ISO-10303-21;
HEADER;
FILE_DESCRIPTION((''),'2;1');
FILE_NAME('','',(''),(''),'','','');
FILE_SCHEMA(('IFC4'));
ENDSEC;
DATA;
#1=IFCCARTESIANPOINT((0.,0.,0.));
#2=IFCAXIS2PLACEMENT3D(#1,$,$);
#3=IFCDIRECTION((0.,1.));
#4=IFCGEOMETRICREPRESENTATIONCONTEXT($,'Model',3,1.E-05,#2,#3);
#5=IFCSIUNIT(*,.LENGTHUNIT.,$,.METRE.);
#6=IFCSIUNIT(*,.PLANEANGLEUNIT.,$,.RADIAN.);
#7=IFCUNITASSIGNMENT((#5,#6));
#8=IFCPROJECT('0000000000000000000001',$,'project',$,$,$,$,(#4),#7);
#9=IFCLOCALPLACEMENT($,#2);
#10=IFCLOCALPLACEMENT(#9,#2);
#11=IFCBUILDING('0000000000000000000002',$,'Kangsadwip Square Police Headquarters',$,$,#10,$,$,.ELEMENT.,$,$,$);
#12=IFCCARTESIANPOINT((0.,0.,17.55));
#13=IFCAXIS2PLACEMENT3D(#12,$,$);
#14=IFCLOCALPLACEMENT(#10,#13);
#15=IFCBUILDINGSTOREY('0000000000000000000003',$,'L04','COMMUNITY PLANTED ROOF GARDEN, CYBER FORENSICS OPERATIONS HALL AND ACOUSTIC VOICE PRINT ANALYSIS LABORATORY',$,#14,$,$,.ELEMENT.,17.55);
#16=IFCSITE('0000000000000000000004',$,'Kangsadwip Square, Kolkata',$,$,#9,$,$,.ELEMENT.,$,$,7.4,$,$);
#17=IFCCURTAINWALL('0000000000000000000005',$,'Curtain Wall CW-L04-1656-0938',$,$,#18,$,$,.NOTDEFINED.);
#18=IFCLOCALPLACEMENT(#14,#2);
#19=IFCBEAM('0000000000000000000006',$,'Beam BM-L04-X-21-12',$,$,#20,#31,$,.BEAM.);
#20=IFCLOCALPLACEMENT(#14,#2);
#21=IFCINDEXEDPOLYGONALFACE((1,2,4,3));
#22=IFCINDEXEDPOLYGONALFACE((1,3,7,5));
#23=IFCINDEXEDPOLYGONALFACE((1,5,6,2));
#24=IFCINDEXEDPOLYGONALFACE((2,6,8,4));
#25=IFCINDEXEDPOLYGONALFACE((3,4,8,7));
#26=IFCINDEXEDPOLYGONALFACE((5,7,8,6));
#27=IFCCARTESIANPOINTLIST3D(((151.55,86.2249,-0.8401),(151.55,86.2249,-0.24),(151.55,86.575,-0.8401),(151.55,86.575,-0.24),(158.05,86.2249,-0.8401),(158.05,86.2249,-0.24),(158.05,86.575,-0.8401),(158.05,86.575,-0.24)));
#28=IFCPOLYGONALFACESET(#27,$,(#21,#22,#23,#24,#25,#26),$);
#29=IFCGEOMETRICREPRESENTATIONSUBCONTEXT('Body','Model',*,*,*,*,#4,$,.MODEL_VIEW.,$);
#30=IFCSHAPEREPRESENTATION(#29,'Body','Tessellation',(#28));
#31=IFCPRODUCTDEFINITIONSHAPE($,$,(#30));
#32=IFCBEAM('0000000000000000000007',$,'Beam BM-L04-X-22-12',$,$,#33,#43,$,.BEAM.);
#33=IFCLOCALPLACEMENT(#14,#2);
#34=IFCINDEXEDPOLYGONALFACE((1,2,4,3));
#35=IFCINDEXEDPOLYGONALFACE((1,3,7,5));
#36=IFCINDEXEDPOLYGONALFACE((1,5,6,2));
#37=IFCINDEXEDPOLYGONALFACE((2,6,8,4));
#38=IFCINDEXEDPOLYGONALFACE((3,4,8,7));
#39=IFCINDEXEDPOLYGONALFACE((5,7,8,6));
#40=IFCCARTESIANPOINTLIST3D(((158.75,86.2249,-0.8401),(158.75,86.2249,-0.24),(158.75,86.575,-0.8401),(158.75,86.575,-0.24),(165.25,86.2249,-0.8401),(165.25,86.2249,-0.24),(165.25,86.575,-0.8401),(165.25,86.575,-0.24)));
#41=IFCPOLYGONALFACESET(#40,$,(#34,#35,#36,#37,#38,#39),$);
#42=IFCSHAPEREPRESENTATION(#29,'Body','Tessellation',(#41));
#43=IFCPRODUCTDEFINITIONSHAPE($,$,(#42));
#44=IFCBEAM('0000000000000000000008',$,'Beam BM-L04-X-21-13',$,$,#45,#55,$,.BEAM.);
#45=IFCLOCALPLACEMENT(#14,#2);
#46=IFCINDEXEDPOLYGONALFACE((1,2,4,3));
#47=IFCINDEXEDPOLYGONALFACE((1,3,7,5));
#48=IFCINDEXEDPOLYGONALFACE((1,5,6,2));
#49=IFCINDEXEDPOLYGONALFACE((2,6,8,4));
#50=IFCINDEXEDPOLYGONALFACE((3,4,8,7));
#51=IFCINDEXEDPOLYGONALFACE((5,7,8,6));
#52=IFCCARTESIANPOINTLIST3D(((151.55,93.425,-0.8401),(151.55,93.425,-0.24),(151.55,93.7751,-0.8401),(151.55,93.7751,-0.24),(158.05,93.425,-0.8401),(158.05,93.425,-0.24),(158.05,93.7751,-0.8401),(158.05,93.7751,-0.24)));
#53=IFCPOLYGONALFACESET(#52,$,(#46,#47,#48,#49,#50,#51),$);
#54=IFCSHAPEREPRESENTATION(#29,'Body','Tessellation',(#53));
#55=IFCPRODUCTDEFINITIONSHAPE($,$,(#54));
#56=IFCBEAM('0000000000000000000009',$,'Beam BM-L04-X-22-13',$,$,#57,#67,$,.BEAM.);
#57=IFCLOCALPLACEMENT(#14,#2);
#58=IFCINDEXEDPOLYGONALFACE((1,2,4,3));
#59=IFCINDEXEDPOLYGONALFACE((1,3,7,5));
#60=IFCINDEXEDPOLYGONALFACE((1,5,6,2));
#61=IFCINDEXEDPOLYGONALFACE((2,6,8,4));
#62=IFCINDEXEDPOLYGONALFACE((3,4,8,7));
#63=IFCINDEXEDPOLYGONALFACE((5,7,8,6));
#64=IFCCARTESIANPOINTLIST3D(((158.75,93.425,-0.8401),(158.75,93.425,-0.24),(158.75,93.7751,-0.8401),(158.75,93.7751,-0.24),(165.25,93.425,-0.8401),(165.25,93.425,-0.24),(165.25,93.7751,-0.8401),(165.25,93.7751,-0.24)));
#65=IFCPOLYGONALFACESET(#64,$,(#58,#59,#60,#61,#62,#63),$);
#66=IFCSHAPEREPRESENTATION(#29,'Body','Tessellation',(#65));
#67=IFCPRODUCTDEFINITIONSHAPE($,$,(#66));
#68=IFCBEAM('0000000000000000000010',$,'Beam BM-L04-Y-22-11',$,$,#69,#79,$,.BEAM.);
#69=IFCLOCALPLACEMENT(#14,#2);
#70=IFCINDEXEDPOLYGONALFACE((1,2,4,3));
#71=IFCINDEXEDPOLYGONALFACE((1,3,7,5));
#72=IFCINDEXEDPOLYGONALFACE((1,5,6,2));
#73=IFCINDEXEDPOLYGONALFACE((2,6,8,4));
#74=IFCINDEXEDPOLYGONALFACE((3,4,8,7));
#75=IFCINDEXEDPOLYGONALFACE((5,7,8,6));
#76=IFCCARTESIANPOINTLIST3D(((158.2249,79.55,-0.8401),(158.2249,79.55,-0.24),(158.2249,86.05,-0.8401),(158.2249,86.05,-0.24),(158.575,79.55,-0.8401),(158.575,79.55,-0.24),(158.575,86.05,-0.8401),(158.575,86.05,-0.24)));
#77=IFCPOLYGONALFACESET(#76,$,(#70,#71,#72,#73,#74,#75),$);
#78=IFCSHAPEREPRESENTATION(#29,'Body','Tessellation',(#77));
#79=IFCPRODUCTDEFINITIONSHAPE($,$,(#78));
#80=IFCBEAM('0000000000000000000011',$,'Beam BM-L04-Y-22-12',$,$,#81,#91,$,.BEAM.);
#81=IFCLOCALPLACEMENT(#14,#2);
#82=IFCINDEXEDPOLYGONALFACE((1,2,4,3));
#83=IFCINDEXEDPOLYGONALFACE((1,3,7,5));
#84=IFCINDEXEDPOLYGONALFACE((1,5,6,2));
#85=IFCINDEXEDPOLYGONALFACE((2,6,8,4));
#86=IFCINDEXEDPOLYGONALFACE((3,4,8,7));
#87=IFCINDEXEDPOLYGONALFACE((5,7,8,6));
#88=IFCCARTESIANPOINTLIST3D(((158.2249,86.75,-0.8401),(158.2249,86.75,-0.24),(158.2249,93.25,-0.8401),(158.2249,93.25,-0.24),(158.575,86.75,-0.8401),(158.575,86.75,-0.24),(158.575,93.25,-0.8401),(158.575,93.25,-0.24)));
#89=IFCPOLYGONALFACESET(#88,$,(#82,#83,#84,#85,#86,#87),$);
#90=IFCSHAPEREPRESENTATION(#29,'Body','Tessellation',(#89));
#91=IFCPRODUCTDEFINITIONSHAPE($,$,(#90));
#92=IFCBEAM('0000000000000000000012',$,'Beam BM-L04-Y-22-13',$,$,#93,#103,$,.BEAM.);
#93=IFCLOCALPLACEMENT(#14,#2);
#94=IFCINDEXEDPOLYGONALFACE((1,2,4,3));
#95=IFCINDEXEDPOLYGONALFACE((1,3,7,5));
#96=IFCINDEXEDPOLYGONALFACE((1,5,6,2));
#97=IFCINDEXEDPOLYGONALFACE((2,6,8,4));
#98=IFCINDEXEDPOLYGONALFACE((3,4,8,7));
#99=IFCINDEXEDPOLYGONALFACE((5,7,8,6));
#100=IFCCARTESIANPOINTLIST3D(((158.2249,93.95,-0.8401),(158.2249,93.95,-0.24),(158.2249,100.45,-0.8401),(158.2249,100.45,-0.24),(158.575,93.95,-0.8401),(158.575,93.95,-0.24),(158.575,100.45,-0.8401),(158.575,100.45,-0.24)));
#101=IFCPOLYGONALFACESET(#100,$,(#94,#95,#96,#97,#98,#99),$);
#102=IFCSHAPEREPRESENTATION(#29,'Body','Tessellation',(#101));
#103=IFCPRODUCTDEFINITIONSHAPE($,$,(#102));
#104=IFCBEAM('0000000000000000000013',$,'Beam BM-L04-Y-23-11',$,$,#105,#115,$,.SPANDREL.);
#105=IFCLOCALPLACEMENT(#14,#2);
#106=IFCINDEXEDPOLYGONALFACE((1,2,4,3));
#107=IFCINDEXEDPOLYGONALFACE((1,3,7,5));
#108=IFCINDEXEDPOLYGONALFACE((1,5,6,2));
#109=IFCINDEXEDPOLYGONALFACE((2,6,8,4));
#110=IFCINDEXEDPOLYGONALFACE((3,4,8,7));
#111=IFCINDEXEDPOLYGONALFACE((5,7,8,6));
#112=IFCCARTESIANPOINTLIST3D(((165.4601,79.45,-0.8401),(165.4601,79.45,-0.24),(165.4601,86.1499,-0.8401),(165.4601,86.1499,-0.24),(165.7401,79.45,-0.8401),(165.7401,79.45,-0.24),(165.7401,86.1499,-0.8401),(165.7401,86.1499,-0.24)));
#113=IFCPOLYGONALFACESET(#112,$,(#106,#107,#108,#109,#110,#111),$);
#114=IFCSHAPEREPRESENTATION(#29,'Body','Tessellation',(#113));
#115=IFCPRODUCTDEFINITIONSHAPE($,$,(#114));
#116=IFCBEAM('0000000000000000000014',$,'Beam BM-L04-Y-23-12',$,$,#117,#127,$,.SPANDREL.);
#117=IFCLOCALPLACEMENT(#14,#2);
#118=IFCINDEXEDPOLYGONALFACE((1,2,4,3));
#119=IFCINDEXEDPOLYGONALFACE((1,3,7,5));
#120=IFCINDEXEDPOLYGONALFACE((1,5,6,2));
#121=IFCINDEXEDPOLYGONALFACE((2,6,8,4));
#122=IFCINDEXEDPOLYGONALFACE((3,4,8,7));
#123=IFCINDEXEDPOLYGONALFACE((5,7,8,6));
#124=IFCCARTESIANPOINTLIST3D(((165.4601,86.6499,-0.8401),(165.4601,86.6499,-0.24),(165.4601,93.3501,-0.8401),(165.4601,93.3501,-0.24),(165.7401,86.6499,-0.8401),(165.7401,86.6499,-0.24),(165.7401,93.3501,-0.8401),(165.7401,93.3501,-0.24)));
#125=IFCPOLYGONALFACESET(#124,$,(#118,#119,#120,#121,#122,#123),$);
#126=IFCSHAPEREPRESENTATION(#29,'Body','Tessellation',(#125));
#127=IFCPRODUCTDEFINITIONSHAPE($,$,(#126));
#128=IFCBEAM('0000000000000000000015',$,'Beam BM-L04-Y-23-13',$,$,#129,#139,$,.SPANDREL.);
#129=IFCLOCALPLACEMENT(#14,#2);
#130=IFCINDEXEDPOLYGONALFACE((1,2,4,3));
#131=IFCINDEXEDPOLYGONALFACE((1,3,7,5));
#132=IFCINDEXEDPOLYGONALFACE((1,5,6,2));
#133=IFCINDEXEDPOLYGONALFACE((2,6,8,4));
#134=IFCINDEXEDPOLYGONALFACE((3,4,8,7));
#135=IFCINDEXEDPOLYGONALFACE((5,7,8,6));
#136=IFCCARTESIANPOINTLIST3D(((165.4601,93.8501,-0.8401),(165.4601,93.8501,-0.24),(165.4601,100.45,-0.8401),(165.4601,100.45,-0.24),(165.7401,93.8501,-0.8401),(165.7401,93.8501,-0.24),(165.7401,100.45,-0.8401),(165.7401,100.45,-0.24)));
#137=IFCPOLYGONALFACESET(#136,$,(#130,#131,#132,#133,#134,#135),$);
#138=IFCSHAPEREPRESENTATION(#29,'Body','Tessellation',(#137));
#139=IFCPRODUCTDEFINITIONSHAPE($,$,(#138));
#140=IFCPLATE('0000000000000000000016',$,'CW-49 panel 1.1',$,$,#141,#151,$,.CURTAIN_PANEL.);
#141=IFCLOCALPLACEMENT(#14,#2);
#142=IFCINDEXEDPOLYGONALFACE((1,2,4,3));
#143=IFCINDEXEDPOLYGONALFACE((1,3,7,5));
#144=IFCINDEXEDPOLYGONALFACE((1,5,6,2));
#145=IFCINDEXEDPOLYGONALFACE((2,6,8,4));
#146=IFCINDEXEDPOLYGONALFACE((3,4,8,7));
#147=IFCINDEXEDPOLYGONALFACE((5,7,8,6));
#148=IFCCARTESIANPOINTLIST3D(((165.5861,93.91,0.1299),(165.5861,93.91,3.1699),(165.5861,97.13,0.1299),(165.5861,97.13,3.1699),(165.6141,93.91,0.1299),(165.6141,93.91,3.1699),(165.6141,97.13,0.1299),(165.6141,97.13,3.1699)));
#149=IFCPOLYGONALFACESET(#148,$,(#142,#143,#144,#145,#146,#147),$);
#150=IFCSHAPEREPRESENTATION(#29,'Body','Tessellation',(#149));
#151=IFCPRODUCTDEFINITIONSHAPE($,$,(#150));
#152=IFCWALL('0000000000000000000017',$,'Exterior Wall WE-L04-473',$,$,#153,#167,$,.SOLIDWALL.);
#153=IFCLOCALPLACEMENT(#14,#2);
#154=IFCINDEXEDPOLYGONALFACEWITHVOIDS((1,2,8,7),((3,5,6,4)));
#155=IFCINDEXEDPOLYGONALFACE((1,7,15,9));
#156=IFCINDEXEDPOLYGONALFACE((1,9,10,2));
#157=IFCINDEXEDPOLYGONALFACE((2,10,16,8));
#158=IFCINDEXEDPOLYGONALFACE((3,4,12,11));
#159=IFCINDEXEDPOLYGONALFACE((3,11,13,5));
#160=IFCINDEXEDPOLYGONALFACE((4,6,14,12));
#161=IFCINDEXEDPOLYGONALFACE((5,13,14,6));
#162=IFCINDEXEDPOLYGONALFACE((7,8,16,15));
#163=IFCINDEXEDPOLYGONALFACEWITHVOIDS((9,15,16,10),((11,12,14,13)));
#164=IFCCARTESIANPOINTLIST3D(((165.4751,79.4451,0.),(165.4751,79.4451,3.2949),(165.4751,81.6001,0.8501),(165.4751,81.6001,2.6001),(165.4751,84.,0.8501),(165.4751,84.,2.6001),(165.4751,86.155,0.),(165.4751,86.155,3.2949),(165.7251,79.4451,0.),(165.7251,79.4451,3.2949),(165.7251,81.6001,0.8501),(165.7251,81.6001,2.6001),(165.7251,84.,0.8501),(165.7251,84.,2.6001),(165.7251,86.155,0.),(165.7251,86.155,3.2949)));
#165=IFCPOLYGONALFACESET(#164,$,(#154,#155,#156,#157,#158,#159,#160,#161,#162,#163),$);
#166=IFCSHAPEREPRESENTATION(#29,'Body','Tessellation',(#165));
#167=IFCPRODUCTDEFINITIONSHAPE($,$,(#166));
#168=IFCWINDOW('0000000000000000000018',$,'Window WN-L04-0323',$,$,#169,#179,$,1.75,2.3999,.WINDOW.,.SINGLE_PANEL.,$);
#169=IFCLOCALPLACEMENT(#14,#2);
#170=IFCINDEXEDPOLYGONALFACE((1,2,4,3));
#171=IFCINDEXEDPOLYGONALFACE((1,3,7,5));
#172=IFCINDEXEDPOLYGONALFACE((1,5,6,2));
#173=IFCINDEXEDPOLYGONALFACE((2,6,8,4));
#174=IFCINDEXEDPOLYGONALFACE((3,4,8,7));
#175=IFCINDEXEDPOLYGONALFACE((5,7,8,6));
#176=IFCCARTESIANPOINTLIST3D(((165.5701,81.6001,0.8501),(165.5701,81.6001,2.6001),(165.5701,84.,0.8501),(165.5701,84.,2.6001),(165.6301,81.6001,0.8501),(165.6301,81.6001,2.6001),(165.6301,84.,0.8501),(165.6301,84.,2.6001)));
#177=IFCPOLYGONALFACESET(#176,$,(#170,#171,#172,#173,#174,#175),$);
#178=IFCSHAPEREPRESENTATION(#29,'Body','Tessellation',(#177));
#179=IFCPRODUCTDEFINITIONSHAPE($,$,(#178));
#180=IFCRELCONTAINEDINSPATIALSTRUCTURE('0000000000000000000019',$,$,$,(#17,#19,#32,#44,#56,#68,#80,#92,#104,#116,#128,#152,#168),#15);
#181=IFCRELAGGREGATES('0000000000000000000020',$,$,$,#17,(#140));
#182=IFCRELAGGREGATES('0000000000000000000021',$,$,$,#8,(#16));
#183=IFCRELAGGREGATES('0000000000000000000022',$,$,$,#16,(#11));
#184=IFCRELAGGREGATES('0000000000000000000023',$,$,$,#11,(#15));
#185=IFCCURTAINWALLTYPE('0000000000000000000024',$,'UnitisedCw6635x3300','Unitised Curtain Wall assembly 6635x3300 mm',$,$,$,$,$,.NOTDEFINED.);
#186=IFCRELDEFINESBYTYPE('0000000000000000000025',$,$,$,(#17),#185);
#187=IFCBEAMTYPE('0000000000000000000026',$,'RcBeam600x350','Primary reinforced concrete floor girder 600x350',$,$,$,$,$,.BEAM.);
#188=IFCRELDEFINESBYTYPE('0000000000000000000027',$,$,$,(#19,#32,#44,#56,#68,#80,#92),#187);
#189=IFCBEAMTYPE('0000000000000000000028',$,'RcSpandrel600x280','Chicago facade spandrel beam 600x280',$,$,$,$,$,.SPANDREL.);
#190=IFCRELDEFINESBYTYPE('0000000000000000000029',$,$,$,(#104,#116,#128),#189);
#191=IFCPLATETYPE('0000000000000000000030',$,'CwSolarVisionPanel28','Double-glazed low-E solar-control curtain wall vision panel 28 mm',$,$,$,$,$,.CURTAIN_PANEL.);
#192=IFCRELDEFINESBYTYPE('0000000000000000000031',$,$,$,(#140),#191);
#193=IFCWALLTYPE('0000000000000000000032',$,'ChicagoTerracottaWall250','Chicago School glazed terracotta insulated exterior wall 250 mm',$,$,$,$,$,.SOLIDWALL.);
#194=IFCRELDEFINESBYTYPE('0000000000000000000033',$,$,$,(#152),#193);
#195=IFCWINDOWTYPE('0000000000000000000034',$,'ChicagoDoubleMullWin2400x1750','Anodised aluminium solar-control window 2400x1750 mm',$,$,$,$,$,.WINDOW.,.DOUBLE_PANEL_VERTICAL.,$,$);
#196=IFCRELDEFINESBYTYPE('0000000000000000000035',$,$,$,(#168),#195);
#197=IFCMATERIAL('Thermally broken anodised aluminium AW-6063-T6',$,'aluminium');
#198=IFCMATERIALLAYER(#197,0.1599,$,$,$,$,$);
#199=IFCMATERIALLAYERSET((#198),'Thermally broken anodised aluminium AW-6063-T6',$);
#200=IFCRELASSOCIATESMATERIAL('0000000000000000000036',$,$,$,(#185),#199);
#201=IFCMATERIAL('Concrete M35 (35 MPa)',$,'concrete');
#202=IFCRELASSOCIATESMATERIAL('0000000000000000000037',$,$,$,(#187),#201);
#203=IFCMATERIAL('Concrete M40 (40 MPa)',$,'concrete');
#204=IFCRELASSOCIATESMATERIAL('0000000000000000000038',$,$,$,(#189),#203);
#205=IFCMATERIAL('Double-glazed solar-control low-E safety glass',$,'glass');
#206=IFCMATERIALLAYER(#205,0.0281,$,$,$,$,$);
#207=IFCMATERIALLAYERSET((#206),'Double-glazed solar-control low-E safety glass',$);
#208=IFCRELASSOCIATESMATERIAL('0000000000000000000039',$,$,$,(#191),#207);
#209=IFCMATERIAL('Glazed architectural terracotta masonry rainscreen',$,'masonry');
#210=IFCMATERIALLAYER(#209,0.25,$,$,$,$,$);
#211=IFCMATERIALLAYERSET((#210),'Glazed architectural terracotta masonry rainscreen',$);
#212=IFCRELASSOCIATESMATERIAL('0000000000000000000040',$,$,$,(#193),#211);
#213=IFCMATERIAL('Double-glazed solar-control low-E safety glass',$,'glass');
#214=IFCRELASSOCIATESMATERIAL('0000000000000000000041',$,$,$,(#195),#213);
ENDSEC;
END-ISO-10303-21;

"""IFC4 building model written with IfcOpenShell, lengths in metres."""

from ifc_helpers import new_model, si_unit, direction, frame, frame_2d, origin, origin_2d, place, context, subcontext, project, spatial, rectangle, extrude, material, layer, layer_set, material_profile, profile_set, type_object, element, fill, aggregate, save


model = new_model("IFC4")

# Units and contexts
model_context = context("Model", 3, precision=1e-05, world=origin(), true_north=direction((0.0, 1.0)))
body_context = subcontext(model_context, "Body", "Model", "MODEL_VIEW")
ifc_project = project(units=[si_unit("LENGTHUNIT", "METRE"), si_unit("PLANEANGLEUNIT", "RADIAN")], contexts=[model_context])

# Site, building, storey
site_placement = place(None, origin())
site = spatial("IfcSite", under=ifc_project, at=site_placement, Name="Kangsadwip Square, Kolkata", CompositionType="ELEMENT", RefElevation=7.4)
building_placement = place(site_placement, origin())
building = spatial("IfcBuilding", under=site, at=building_placement, Name="Kangsadwip Square Police Headquarters", CompositionType="ELEMENT")
storey_placement = place(building_placement, frame((0.0, 0.0, 17.55)))
storey = spatial("IfcBuildingStorey", under=building, at=storey_placement, Name="L04", Description="COMMUNITY PLANTED ROOF GARDEN, CYBER FORENSICS OPERATIONS HALL AND ACOUSTIC VOICE PRINT ANALYSIS LABORATORY", CompositionType="ELEMENT", Elevation=17.55)

# Curtain wall
ifc_material_1 = material(Name="Thermally broken anodised aluminium AW-6063-T6", Category="aluminium")
ifc_layer_1 = layer(ifc_material_1, 0.1599)
ifc_layer_set_1 = layer_set([ifc_layer_1], Name="Thermally broken anodised aluminium AW-6063-T6")
curtain_wall_type = type_object("IfcCurtainWallType", Name="UnitisedCw6635x3300", Description="Unitised Curtain Wall assembly 6635x3300 mm", PredefinedType="NOTDEFINED", material=ifc_layer_set_1)
curtain_wall_placement = place(storey_placement, origin())
curtain_wall = element("IfcCurtainWall", 1, at=curtain_wall_placement, inside=storey, type_object=curtain_wall_type, Name="Curtain Wall CW-L04-1656-0938", PredefinedType="NOTDEFINED")

# Beams
ifc_material_2 = material(Name="Concrete M35 (35 MPa)", Category="concrete")
ifc_material_profile_1 = material_profile(ifc_material_2, rectangle(XDim=0.3501, YDim=0.6001, at=origin_2d()), Name="RC BM 600X350")
ifc_profile_set_1 = profile_set([ifc_material_profile_1], Name="Concrete M35 (35 MPa)")
beam_type_1 = type_object("IfcBeamType", Name="RcBeam600x350", Description="Primary reinforced concrete floor girder 600x350", PredefinedType="BEAM", material=ifc_profile_set_1)
for number, where, z_axis, x_axis, name in (
    (2, (151.55, 86.3999, -0.54), (1.0, 0.0, 0.0), (0.0, 1.0, 0.0), "Beam BM-L04-X-21-12"),
    (3, (158.75, 86.3999, -0.54), (1.0, 0.0, 0.0), (0.0, 1.0, 0.0), "Beam BM-L04-X-22-12"),
    (4, (151.55, 93.6001, -0.54), (1.0, 0.0, 0.0), (0.0, 1.0, 0.0), "Beam BM-L04-X-21-13"),
    (5, (158.75, 93.6001, -0.54), (1.0, 0.0, 0.0), (0.0, 1.0, 0.0), "Beam BM-L04-X-22-13"),
    (6, (158.3999, 79.55, -0.54), (0.0, 1.0, 0.0), (-1.0, 0.0, 0.0), "Beam BM-L04-Y-22-11"),
    (7, (158.3999, 86.75, -0.54), (0.0, 1.0, 0.0), (-1.0, 0.0, 0.0), "Beam BM-L04-Y-22-12"),
    (8, (158.3999, 93.95, -0.54), (0.0, 1.0, 0.0), (-1.0, 0.0, 0.0), "Beam BM-L04-Y-22-13"),
):
    element("IfcBeam", number, at=place(storey_placement, frame(where, z_axis=z_axis, x_axis=x_axis)), inside=storey, type_object=beam_type_1, Name=name, PredefinedType="BEAM", context=body_context, shape_type="SweptSolid", body=[
        extrude(rectangle(XDim=0.3501, YDim=0.6001, at=origin_2d()), origin(), (0.0, 0.0, 1.0), 6.5),
    ])
ifc_material_3 = material(Name="Concrete M40 (40 MPa)", Category="concrete")
ifc_material_profile_2 = material_profile(ifc_material_3, rectangle(XDim=0.28, YDim=0.6001, at=origin_2d()), Name="RC SPN 600X280")
ifc_profile_set_2 = profile_set([ifc_material_profile_2], Name="Concrete M40 (40 MPa)")
beam_type_2 = type_object("IfcBeamType", Name="RcSpandrel600x280", Description="Chicago facade spandrel beam 600x280", PredefinedType="SPANDREL", material=ifc_profile_set_2)
beam_1_placement = place(storey_placement, frame((165.6001, 79.45, -0.54), z_axis=(0.0, 1.0, 0.0), x_axis=(-1.0, 0.0, 0.0)))
element("IfcBeam", 9, at=beam_1_placement, inside=storey, type_object=beam_type_2, Name="Beam BM-L04-Y-23-11", PredefinedType="SPANDREL", context=body_context, shape_type="SweptSolid", body=[
    extrude(rectangle(XDim=0.28, YDim=0.6001, at=origin_2d()), origin(), (0.0, 0.0, 1.0), 6.7),
])
beam_2_placement = place(storey_placement, frame((165.6001, 86.6499, -0.54), z_axis=(0.0, 1.0, 0.0), x_axis=(-1.0, 0.0, 0.0)))
element("IfcBeam", 10, at=beam_2_placement, inside=storey, type_object=beam_type_2, Name="Beam BM-L04-Y-23-12", PredefinedType="SPANDREL", context=body_context, shape_type="SweptSolid", body=[
    extrude(rectangle(XDim=0.28, YDim=0.6001, at=origin_2d()), origin(), (0.0, 0.0, 1.0), 6.7002),
])
beam_3_placement = place(storey_placement, frame((165.6001, 93.8501, -0.54), z_axis=(0.0, 1.0, 0.0), x_axis=(-1.0, 0.0, 0.0)))
element("IfcBeam", 11, at=beam_3_placement, inside=storey, type_object=beam_type_2, Name="Beam BM-L04-Y-23-13", PredefinedType="SPANDREL", context=body_context, shape_type="SweptSolid", body=[
    extrude(rectangle(XDim=0.28, YDim=0.6001, at=origin_2d()), origin(), (0.0, 0.0, 1.0), 6.5999),
])

# Plate
ifc_material_4 = material(Name="Double-glazed solar-control low-E safety glass", Category="glass")
ifc_layer_2 = layer(ifc_material_4, 0.0281)
ifc_layer_set_2 = layer_set([ifc_layer_2], Name="Double-glazed solar-control low-E safety glass")
plate_type = type_object("IfcPlateType", Name="CwSolarVisionPanel28", Description="Double-glazed low-E solar-control curtain wall vision panel 28 mm", PredefinedType="CURTAIN_PANEL", material=ifc_layer_set_2)
plate_placement = place(storey_placement, frame((165.6001, 95.52, 0.1299), z_axis=(0.0, 0.0, 1.0), x_axis=(0.0, 1.0, 0.0)))
plate = element("IfcPlate", 12, at=plate_placement, type_object=plate_type, Name="CW-49 panel 1.1", PredefinedType="CURTAIN_PANEL", context=body_context, shape_type="SweptSolid", body=[
    extrude(rectangle(XDim=3.22, YDim=0.0281, at=origin_2d()), origin(), (0.0, 0.0, 1.0), 3.04),
])
aggregate(curtain_wall, [plate])

# Wall, opening, window
ifc_material_5 = material(Name="Glazed architectural terracotta masonry rainscreen", Category="masonry")
ifc_layer_3 = layer(ifc_material_5, 0.25)
ifc_layer_set_3 = layer_set([ifc_layer_3], Name="Glazed architectural terracotta masonry rainscreen")
wall_type_1 = type_object("IfcWallType", Name="ChicagoTerracottaWall250", Description="Chicago School glazed terracotta insulated exterior wall 250 mm", PredefinedType="SOLIDWALL", material=ifc_layer_set_3)
wall_1_placement = place(storey_placement, frame((165.6001, 79.4451, 0.0), z_axis=(0.0, 0.0, 1.0), x_axis=(0.0, 1.0, 0.0)))
wall_1 = element("IfcWall", 13, at=wall_1_placement, inside=storey, type_object=wall_type_1, Name="Exterior Wall WE-L04-473", PredefinedType="SOLIDWALL", context=body_context, shape_type="SweptSolid", body=[
    extrude(rectangle(XDim=6.71, YDim=0.25, at=frame_2d((3.355, 0.0))), origin(), (0.0, 0.0, 1.0), 3.2949),
])
opening_1_placement = place(wall_1_placement, frame((2.155, 0.0, 0.8501)))
opening_1 = element("IfcOpeningElement", 14, at=opening_1_placement, cuts=wall_1, PredefinedType="OPENING", context=body_context, shape_type="SweptSolid", body=[
    extrude(rectangle(XDim=2.3999, YDim=1.75, at=frame_2d((1.2, 0.875))), frame((0.0, 0.135, 0.0), z_axis=(0.0, -1.0, 0.0), x_axis=(1.0, 0.0, 0.0)), (0.0, 0.0, 1.0), 0.27),
])
ifc_material_6 = material(Name="Double-glazed solar-control low-E safety glass", Category="glass")
window_type_1 = type_object("IfcWindowType", Name="ChicagoDoubleMullWin2400x1750", Description="Anodised aluminium solar-control window 2400x1750 mm", PartitioningType="DOUBLE_PANEL_VERTICAL", PredefinedType="WINDOW", material=ifc_material_6)
window_1_placement = place(opening_1_placement, origin())
window_1 = element("IfcWindow", 15, at=window_1_placement, inside=storey, type_object=window_type_1, Name="Window WN-L04-0323", OverallHeight=1.75, OverallWidth=2.3999, PartitioningType="SINGLE_PANEL", PredefinedType="WINDOW", context=body_context, shape_type="SweptSolid", body=[
    extrude(rectangle(XDim=2.3999, YDim=1.75, at=frame_2d((1.2, 0.875))), frame((0.0, 0.03, 0.0), z_axis=(0.0, -1.0, 0.0), x_axis=(1.0, 0.0, 0.0)), (0.0, 0.0, 1.0), 0.0601),
])
fill(opening_1, window_1)

save(model, "model.ifc")
